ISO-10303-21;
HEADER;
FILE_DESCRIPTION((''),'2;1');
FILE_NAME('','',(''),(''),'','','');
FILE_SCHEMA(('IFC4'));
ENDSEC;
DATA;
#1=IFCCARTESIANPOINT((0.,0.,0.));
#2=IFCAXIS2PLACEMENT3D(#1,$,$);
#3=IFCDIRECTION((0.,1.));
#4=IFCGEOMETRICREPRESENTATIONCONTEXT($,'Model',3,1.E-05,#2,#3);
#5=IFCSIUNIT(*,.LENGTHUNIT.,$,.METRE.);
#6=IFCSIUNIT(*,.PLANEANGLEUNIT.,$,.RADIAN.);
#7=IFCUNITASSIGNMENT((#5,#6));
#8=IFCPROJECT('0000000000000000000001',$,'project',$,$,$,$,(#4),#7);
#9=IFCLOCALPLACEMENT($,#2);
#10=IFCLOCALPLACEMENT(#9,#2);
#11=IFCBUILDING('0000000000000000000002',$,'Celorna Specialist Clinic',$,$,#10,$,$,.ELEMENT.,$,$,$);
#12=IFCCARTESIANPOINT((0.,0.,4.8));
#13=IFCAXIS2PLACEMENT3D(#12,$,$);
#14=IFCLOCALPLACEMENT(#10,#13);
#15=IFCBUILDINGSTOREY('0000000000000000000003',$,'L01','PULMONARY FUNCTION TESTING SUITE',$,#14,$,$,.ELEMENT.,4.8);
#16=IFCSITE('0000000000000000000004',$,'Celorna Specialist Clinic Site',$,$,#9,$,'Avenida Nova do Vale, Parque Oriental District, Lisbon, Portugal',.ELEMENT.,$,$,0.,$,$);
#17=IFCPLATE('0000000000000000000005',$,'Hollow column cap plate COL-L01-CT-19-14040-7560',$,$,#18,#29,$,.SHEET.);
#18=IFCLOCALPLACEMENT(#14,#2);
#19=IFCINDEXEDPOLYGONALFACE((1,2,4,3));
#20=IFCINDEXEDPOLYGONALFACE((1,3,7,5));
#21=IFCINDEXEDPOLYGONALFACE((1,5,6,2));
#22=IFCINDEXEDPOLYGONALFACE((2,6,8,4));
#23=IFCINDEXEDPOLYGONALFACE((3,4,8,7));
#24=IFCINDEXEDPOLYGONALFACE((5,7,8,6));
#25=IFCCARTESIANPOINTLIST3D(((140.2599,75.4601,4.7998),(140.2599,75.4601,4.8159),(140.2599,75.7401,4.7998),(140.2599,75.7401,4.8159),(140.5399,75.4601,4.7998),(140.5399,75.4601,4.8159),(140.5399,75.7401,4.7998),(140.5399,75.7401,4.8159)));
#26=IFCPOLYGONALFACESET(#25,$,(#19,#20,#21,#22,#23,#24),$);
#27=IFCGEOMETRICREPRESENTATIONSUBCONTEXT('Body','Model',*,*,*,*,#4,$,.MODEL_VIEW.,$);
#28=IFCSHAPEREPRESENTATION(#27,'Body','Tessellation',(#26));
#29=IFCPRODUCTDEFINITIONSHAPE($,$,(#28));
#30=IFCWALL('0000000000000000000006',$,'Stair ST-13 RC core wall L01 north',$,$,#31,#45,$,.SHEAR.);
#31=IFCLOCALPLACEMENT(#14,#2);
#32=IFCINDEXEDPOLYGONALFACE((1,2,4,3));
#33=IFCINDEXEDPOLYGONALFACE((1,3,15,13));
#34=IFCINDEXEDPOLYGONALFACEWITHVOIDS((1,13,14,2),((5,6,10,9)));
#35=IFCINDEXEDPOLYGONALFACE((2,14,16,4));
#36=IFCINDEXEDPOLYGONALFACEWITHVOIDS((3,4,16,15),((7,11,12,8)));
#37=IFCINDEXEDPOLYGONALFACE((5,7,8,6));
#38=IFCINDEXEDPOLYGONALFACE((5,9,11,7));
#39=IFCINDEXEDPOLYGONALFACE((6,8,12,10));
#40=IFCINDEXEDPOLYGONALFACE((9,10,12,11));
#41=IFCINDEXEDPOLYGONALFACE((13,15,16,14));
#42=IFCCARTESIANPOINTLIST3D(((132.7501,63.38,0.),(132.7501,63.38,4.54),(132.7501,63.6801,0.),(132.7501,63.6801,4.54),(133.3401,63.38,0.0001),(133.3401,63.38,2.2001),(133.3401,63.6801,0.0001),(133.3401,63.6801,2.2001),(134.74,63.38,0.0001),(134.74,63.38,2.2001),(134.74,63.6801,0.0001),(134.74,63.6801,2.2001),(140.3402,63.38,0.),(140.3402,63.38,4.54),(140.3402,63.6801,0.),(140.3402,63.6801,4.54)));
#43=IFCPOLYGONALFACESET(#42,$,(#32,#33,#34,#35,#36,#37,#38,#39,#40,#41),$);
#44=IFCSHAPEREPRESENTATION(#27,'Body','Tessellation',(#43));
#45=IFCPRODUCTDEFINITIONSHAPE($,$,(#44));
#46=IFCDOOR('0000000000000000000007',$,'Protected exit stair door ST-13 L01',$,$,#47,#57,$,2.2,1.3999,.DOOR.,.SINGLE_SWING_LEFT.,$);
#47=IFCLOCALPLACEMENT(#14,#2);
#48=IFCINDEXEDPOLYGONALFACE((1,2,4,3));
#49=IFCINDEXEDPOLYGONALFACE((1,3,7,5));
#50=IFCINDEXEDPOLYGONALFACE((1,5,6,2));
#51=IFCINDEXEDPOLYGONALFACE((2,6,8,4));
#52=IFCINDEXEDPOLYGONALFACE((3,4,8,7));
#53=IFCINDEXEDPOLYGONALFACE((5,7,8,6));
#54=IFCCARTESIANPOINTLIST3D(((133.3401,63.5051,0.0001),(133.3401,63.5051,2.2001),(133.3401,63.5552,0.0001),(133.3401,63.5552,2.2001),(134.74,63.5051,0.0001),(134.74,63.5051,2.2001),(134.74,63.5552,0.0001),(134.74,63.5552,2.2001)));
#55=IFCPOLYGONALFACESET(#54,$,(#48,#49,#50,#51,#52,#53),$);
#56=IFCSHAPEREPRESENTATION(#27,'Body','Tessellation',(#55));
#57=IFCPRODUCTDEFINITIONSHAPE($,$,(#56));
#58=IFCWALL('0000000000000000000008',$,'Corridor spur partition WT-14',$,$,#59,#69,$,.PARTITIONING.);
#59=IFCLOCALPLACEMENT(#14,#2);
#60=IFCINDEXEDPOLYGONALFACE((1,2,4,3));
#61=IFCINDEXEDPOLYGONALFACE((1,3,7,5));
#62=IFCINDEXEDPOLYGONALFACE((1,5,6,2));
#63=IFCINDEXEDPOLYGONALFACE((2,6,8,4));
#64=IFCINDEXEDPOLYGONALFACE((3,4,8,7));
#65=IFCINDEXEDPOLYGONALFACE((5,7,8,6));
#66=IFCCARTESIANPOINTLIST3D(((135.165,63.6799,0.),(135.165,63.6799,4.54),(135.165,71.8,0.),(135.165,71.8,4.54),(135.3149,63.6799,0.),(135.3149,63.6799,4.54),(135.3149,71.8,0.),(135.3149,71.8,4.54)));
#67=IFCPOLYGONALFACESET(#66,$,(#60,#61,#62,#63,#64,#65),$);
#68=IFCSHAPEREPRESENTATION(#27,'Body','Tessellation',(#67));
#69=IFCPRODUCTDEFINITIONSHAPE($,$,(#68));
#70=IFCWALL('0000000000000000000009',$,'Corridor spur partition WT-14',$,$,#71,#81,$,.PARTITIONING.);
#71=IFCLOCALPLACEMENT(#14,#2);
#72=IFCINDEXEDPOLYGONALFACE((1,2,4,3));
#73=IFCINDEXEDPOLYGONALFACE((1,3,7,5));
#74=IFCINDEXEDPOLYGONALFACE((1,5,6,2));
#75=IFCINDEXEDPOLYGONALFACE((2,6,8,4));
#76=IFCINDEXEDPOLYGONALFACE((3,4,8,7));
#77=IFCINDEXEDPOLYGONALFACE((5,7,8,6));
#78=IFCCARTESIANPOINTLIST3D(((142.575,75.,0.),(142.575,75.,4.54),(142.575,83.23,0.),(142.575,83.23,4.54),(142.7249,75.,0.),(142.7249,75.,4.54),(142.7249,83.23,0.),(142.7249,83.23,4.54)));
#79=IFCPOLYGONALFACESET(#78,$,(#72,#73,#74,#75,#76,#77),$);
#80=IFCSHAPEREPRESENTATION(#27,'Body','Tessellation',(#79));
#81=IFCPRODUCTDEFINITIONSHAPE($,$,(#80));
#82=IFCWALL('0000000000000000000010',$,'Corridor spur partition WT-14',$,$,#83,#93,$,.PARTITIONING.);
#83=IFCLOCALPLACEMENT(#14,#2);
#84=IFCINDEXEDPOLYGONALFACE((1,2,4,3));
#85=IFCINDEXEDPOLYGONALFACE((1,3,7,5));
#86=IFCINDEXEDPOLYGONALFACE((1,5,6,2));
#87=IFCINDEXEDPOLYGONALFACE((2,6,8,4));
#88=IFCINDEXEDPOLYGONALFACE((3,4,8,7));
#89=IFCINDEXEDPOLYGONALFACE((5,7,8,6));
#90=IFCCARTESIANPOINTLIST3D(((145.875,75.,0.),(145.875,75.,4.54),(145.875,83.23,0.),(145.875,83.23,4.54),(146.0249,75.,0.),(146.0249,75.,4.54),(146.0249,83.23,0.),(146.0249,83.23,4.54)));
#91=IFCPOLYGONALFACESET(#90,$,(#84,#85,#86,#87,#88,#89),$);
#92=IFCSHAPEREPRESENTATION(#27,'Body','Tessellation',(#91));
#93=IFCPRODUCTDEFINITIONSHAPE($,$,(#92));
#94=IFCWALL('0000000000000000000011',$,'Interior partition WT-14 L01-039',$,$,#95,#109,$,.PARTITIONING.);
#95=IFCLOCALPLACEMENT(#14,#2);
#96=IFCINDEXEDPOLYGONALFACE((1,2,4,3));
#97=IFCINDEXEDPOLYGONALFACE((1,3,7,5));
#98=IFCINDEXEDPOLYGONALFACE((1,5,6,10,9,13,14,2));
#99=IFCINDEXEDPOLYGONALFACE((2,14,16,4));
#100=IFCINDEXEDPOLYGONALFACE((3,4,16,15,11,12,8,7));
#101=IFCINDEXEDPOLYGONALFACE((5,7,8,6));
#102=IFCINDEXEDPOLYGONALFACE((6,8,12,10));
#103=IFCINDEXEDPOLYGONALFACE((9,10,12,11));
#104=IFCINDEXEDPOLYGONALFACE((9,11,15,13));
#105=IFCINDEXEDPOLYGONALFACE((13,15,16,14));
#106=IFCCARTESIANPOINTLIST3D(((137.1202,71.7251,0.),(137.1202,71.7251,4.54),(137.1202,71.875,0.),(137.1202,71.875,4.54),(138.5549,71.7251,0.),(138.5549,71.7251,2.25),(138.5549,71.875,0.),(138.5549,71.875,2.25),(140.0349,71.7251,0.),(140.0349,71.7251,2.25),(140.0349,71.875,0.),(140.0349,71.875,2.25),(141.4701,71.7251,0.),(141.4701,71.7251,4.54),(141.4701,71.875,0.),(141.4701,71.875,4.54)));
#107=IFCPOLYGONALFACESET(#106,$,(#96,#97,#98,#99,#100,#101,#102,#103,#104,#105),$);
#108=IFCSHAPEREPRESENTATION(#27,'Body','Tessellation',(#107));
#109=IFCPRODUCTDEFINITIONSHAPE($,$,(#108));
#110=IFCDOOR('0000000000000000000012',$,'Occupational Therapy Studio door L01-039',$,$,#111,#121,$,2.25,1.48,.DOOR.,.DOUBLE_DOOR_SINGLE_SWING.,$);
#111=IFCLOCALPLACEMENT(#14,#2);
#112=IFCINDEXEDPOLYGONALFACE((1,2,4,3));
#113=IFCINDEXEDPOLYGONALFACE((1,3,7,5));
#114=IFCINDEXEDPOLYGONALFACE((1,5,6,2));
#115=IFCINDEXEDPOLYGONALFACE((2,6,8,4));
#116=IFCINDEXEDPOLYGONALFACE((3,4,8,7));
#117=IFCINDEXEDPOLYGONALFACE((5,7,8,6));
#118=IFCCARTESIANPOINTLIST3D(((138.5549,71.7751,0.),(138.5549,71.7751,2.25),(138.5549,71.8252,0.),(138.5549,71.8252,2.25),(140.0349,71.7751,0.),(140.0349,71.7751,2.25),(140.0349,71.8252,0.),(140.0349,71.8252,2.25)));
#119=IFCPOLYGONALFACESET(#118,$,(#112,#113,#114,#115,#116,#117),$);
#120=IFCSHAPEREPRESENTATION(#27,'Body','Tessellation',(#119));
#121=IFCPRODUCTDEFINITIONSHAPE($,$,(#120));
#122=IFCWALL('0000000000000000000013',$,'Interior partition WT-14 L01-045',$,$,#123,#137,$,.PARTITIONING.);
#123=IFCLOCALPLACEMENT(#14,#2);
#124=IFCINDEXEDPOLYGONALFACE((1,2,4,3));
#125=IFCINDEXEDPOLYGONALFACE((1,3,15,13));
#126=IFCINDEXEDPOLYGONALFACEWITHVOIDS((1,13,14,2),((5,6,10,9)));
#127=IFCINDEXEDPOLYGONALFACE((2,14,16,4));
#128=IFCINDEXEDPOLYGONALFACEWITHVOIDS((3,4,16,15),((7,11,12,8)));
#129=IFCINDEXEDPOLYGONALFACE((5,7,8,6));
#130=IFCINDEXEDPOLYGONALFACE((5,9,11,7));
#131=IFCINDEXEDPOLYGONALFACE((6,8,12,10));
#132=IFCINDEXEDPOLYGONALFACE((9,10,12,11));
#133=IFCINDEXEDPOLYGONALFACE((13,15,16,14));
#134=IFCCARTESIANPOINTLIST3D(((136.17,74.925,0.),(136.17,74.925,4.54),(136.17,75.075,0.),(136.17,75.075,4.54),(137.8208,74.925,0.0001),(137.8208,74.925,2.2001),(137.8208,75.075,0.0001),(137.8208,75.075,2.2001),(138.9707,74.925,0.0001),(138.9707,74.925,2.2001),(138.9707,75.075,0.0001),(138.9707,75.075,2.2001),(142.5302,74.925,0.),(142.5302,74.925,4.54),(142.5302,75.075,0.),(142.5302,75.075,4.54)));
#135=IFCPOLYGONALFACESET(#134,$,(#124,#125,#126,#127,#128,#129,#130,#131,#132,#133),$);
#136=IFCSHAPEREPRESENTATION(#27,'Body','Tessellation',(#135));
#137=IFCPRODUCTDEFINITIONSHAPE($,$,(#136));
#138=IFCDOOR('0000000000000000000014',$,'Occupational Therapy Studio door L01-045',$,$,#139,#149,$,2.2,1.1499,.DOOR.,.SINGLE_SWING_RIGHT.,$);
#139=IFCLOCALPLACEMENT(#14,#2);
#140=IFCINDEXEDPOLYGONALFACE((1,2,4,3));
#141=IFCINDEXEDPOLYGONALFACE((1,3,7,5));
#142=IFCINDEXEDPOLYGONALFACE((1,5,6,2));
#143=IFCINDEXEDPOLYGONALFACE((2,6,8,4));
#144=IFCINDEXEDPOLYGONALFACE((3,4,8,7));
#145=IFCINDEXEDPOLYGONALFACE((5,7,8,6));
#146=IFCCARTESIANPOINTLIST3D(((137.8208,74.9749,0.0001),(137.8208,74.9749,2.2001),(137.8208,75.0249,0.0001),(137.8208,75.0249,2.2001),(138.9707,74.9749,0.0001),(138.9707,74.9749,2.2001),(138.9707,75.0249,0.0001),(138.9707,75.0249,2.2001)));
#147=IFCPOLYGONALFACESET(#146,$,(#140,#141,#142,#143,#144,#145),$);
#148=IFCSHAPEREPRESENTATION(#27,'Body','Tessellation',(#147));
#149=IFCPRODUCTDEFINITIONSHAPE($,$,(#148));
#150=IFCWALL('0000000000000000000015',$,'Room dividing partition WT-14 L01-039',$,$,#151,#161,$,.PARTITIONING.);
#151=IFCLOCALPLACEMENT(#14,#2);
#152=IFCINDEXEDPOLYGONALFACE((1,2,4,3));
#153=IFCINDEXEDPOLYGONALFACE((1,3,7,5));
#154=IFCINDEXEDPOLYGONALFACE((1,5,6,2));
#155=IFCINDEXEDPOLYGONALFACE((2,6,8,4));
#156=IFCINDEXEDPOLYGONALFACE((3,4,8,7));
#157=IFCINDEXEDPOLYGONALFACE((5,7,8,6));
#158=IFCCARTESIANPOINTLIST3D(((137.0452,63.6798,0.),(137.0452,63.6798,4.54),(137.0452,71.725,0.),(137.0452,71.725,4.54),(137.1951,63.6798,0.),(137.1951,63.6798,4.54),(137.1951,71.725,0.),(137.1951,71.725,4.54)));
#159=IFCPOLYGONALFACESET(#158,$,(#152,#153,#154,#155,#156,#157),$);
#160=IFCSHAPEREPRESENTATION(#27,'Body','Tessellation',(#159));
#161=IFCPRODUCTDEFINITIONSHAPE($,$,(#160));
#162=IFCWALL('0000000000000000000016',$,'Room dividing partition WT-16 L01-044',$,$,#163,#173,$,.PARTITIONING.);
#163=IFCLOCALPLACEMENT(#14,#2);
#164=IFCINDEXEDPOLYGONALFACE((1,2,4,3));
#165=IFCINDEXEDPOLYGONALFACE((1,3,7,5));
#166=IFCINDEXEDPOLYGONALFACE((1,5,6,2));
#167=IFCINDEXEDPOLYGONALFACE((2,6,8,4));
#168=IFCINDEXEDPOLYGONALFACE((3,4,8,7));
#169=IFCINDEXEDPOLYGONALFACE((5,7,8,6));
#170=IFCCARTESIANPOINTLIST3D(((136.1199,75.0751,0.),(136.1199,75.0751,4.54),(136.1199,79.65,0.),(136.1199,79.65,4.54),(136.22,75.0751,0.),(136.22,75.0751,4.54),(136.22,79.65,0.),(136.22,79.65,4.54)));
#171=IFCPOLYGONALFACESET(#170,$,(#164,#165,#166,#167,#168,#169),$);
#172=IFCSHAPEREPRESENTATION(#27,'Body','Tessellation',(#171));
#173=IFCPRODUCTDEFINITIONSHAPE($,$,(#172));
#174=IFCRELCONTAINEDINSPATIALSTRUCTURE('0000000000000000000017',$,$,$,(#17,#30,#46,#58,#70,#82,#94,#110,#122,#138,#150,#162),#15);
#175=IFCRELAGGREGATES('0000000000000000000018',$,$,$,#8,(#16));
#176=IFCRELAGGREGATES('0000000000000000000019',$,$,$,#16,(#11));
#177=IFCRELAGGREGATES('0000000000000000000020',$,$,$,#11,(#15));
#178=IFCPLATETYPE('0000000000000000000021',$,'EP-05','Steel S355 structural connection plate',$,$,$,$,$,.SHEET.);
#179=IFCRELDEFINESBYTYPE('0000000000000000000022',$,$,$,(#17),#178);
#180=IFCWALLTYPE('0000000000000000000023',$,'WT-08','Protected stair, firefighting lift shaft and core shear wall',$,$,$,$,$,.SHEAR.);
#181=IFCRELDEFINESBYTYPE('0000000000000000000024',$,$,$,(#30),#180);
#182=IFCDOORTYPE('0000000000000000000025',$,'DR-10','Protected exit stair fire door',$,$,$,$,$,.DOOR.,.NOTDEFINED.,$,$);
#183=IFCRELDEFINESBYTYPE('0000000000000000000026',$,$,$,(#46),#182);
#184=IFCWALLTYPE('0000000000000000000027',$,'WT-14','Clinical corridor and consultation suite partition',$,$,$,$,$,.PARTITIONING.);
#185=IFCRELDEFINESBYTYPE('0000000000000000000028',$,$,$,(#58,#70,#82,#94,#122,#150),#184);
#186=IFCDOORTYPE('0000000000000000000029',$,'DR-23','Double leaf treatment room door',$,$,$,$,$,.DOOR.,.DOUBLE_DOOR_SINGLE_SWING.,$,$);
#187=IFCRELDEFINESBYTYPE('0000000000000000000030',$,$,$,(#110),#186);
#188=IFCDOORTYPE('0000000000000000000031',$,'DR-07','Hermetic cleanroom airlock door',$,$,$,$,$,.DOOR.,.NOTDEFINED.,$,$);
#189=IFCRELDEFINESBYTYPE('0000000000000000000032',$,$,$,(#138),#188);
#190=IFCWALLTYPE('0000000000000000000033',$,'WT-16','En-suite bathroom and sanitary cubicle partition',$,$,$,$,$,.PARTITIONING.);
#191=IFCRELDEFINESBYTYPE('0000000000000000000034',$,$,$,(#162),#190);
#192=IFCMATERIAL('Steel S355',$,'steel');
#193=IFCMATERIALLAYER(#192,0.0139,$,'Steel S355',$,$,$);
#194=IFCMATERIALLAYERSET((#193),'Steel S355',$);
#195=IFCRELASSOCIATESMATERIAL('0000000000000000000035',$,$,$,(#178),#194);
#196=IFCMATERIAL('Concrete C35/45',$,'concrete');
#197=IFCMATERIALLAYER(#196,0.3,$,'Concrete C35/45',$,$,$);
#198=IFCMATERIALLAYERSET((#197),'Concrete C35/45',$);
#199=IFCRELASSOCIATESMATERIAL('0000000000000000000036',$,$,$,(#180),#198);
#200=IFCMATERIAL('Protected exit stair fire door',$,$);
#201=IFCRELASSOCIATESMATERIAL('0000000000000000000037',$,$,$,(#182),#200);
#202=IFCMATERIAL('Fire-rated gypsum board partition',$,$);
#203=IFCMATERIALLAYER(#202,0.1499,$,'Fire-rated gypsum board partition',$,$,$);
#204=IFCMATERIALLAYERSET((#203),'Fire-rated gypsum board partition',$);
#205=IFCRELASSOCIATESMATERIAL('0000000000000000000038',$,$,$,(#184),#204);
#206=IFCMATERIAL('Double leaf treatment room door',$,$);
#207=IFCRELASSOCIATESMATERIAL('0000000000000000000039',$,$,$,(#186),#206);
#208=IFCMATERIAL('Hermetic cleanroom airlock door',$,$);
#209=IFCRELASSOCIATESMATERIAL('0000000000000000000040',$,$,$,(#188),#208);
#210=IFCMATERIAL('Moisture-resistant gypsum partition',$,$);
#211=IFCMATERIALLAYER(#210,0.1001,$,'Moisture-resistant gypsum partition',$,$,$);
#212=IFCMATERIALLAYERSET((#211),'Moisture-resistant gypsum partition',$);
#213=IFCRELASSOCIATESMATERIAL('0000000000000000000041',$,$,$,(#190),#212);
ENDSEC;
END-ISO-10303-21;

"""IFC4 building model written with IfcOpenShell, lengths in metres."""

from ifc_helpers import new_model, si_unit, direction, frame, frame_2d, origin, origin_2d, place, context, subcontext, project, spatial, rectangle, extrude, material, layer, layer_set, type_object, element, fill, save


model = new_model("IFC4")

# Units and contexts
model_context = context("Model", 3, precision=1e-05, world=origin(), true_north=direction((0.0, 1.0)))
body_context = subcontext(model_context, "Body", "Model", "MODEL_VIEW")
ifc_project = project(units=[si_unit("LENGTHUNIT", "METRE"), si_unit("PLANEANGLEUNIT", "RADIAN")], contexts=[model_context])

# Site, building, storey
site_placement = place(None, origin())
site = spatial("IfcSite", under=ifc_project, at=site_placement, Name="Celorna Specialist Clinic Site", LongName="Avenida Nova do Vale, Parque Oriental District, Lisbon, Portugal", CompositionType="ELEMENT", RefElevation=0.0)
building_placement = place(site_placement, origin())
building = spatial("IfcBuilding", under=site, at=building_placement, Name="Celorna Specialist Clinic", CompositionType="ELEMENT")
storey_placement = place(building_placement, frame((0.0, 0.0, 4.8)))
storey = spatial("IfcBuildingStorey", under=building, at=storey_placement, Name="L01", Description="PULMONARY FUNCTION TESTING SUITE", CompositionType="ELEMENT", Elevation=4.8)

# Shared definitions
ifc_material_1 = material(Name="Concrete C35/45", Category="concrete")
ifc_material_2 = material(Name="Steel S355", Category="steel")

# Plate
ifc_layer_1 = layer(ifc_material_2, 0.0139, Name="Steel S355")
ifc_layer_set_1 = layer_set([ifc_layer_1], Name="Steel S355")
plate_type = type_object("IfcPlateType", Name="EP-05", Description="Steel S355 structural connection plate", PredefinedType="SHEET", material=ifc_layer_set_1)
for number, where, z_axis, x_axis, name in (
    (1, (140.3999, 75.6001, 4.7998), (0.0, 0.0, 1.0), (1.0, 0.0, 0.0), "Hollow column cap plate COL-L01-CT-19-14040-7560"),
):
    element("IfcPlate", number, at=place(storey_placement, frame(where, z_axis=z_axis, x_axis=x_axis)), inside=storey, type_object=plate_type, Name=name, PredefinedType="SHEET", context=body_context, shape_type="SweptSolid", body=[
        extrude(rectangle(XDim=0.28, YDim=0.28, at=origin_2d()), origin(), (0.0, 0.0, 1.0), 0.0161),
    ])

# Wall, opening, door
ifc_layer_2 = layer(ifc_material_1, 0.3, Name="Concrete C35/45")
ifc_layer_set_2 = layer_set([ifc_layer_2], Name="Concrete C35/45")
wall_type_1 = type_object("IfcWallType", Name="WT-08", Description="Protected stair, firefighting lift shaft and core shear wall", PredefinedType="SHEAR", material=ifc_layer_set_2)
wall_1_placement = place(storey_placement, frame((140.3401, 63.53, 0.0), z_axis=(0.0, 0.0, 1.0), x_axis=(-1.0, 0.0, 0.0)))
wall_1 = element("IfcWall", 2, at=wall_1_placement, inside=storey, type_object=wall_type_1, Name="Stair ST-13 RC core wall L01 north", PredefinedType="SHEAR", context=body_context, shape_type="SweptSolid", body=[
    extrude(rectangle(XDim=7.5901, YDim=0.3, at=frame_2d((3.7949, 0.0))), origin(), (0.0, 0.0, 1.0), 4.54),
])
opening_1_placement = place(wall_1_placement, frame((5.6001, 0.0, 0.0)))
opening_1 = element("IfcOpeningElement", 3, at=opening_1_placement, cuts=wall_1, PredefinedType="OPENING", context=body_context, shape_type="SweptSolid", body=[
    extrude(rectangle(XDim=1.3999, YDim=2.2, at=frame_2d((0.7, 1.1001))), frame((0.0, 0.1599, 0.0), z_axis=(0.0, -1.0, 0.0), x_axis=(1.0, 0.0, 0.0)), (0.0, 0.0, 1.0), 0.3201),
])
ifc_material_3 = material(Name="Protected exit stair fire door")
door_type_1 = type_object("IfcDoorType", Name="DR-10", Description="Protected exit stair fire door", OperationType="NOTDEFINED", PredefinedType="DOOR", material=ifc_material_3)
door_1_placement = place(opening_1_placement, origin())
door_1 = element("IfcDoor", 4, at=door_1_placement, inside=storey, type_object=door_type_1, Name="Protected exit stair door ST-13 L01", OperationType="SINGLE_SWING_LEFT", OverallHeight=2.2, OverallWidth=1.3999, PredefinedType="DOOR", context=body_context, shape_type="SweptSolid", body=[
    extrude(rectangle(XDim=1.3999, YDim=2.2, at=frame_2d((0.7, 1.1001))), frame((0.0, 0.0249, 0.0), z_axis=(0.0, -1.0, 0.0), x_axis=(1.0, 0.0, 0.0)), (0.0, 0.0, 1.0), 0.05),
])
fill(opening_1, door_1)

# Walls
ifc_material_4 = material(Name="Fire-rated gypsum board partition")
ifc_layer_3 = layer(ifc_material_4, 0.1499, Name="Fire-rated gypsum board partition")
ifc_layer_set_3 = layer_set([ifc_layer_3], Name="Fire-rated gypsum board partition")
wall_type_2 = type_object("IfcWallType", Name="WT-14", Description="Clinical corridor and consultation suite partition", PredefinedType="PARTITIONING", material=ifc_layer_set_3)
wall_2_placement = place(storey_placement, frame((135.24, 63.6799, 0.0), z_axis=(0.0, 0.0, 1.0), x_axis=(0.0, 1.0, 0.0)))
element("IfcWall", 5, at=wall_2_placement, inside=storey, type_object=wall_type_2, Name="Corridor spur partition WT-14", PredefinedType="PARTITIONING", context=body_context, shape_type="SweptSolid", body=[
    extrude(rectangle(XDim=8.1201, YDim=0.1499, at=frame_2d((4.0601, 0.0))), origin(), (0.0, 0.0, 1.0), 4.54),
])
for number, where, z_axis, x_axis, name in (
    (6, (142.6499, 75.0, 0.0), (0.0, 0.0, 1.0), (0.0, 1.0, 0.0), "Corridor spur partition WT-14"),
    (7, (145.95, 75.0, 0.0), (0.0, 0.0, 1.0), (0.0, 1.0, 0.0), "Corridor spur partition WT-14"),
):
    element("IfcWall", number, at=place(storey_placement, frame(where, z_axis=z_axis, x_axis=x_axis)), inside=storey, type_object=wall_type_2, Name=name, PredefinedType="PARTITIONING", context=body_context, shape_type="SweptSolid", body=[
        extrude(rectangle(XDim=8.23, YDim=0.1499, at=frame_2d((4.115, 0.0))), origin(), (0.0, 0.0, 1.0), 4.54),
    ])

# Walls, openings, doors
wall_3_placement = place(storey_placement, frame((141.47, 71.8, 0.0), z_axis=(0.0, 0.0, 1.0), x_axis=(-1.0, 0.0, 0.0)))
wall_3 = element("IfcWall", 8, at=wall_3_placement, inside=storey, type_object=wall_type_2, Name="Interior partition WT-14 L01-039", PredefinedType="PARTITIONING", context=body_context, shape_type="SweptSolid", body=[
    extrude(rectangle(XDim=4.3499, YDim=0.1499, at=frame_2d((2.1748, 0.0))), origin(), (0.0, 0.0, 1.0), 4.54),
])
opening_2_placement = place(wall_3_placement, frame((1.4351, 0.0, 0.0)))
opening_2 = element("IfcOpeningElement", 9, at=opening_2_placement, cuts=wall_3, PredefinedType="OPENING", context=body_context, shape_type="SweptSolid", body=[
    extrude(rectangle(XDim=1.48, YDim=2.25, at=frame_2d((0.74, 1.125))), frame((0.0, 0.085, 0.0), z_axis=(0.0, -1.0, 0.0), x_axis=(1.0, 0.0, 0.0)), (0.0, 0.0, 1.0), 0.1699),
])
ifc_material_5 = material(Name="Double leaf treatment room door")
door_type_2 = type_object("IfcDoorType", Name="DR-23", Description="Double leaf treatment room door", OperationType="DOUBLE_DOOR_SINGLE_SWING", PredefinedType="DOOR", material=ifc_material_5)
door_2_placement = place(opening_2_placement, origin())
door_2 = element("IfcDoor", 10, at=door_2_placement, inside=storey, type_object=door_type_2, Name="Occupational Therapy Studio door L01-039", OperationType="DOUBLE_DOOR_SINGLE_SWING", OverallHeight=2.25, OverallWidth=1.48, PredefinedType="DOOR", context=body_context, shape_type="SweptSolid", body=[
    extrude(rectangle(XDim=1.48, YDim=2.25, at=frame_2d((0.74, 1.125))), frame((0.0, 0.0249, 0.0), z_axis=(0.0, -1.0, 0.0), x_axis=(1.0, 0.0, 0.0)), (0.0, 0.0, 1.0), 0.05),
])
fill(opening_2, door_2)
wall_4_placement = place(storey_placement, frame((136.1699, 75.0, 0.0), z_axis=(0.0, 0.0, 1.0), x_axis=(1.0, 0.0, 0.0)))
wall_4 = element("IfcWall", 11, at=wall_4_placement, inside=storey, type_object=wall_type_2, Name="Interior partition WT-14 L01-045", PredefinedType="PARTITIONING", context=body_context, shape_type="SweptSolid", body=[
    extrude(rectangle(XDim=6.3601, YDim=0.1499, at=frame_2d((3.1802, 0.0))), origin(), (0.0, 0.0, 1.0), 4.54),
])
opening_3_placement = place(wall_4_placement, frame((1.6509, 0.0, 0.0)))
opening_3 = element("IfcOpeningElement", 12, at=opening_3_placement, cuts=wall_4, PredefinedType="OPENING", context=body_context, shape_type="SweptSolid", body=[
    extrude(rectangle(XDim=1.1499, YDim=2.2, at=frame_2d((0.575, 1.1001))), frame((0.0, 0.085, 0.0), z_axis=(0.0, -1.0, 0.0), x_axis=(1.0, 0.0, 0.0)), (0.0, 0.0, 1.0), 0.1699),
])
ifc_material_6 = material(Name="Hermetic cleanroom airlock door")
door_type_3 = type_object("IfcDoorType", Name="DR-07", Description="Hermetic cleanroom airlock door", OperationType="NOTDEFINED", PredefinedType="DOOR", material=ifc_material_6)
door_3_placement = place(opening_3_placement, origin())
door_3 = element("IfcDoor", 13, at=door_3_placement, inside=storey, type_object=door_type_3, Name="Occupational Therapy Studio door L01-045", OperationType="SINGLE_SWING_RIGHT", OverallHeight=2.2, OverallWidth=1.1499, PredefinedType="DOOR", context=body_context, shape_type="SweptSolid", body=[
    extrude(rectangle(XDim=1.1499, YDim=2.2, at=frame_2d((0.575, 1.1001))), frame((0.0, 0.0249, 0.0), z_axis=(0.0, -1.0, 0.0), x_axis=(1.0, 0.0, 0.0)), (0.0, 0.0, 1.0), 0.05),
])
fill(opening_3, door_3)

# Walls
wall_5_placement = place(storey_placement, frame((137.1201, 63.6799, 0.0), z_axis=(0.0, 0.0, 1.0), x_axis=(0.0, 1.0, 0.0)))
element("IfcWall", 14, at=wall_5_placement, inside=storey, type_object=wall_type_2, Name="Room dividing partition WT-14 L01-039", PredefinedType="PARTITIONING", context=body_context, shape_type="SweptSolid", body=[
    extrude(rectangle(XDim=8.0452, YDim=0.1499, at=frame_2d((4.0225, 0.0))), origin(), (0.0, 0.0, 1.0), 4.54),
])
ifc_material_7 = material(Name="Moisture-resistant gypsum partition")
ifc_layer_4 = layer(ifc_material_7, 0.1001, Name="Moisture-resistant gypsum partition")
ifc_layer_set_4 = layer_set([ifc_layer_4], Name="Moisture-resistant gypsum partition")
wall_type_3 = type_object("IfcWallType", Name="WT-16", Description="En-suite bathroom and sanitary cubicle partition", PredefinedType="PARTITIONING", material=ifc_layer_set_4)
wall_6_placement = place(storey_placement, frame((136.1699, 75.075, 0.0), z_axis=(0.0, 0.0, 1.0), x_axis=(0.0, 1.0, 0.0)))
element("IfcWall", 15, at=wall_6_placement, inside=storey, type_object=wall_type_3, Name="Room dividing partition WT-16 L01-044", PredefinedType="PARTITIONING", context=body_context, shape_type="SweptSolid", body=[
    extrude(rectangle(XDim=4.575, YDim=0.1001, at=frame_2d((2.2876, 0.0))), origin(), (0.0, 0.0, 1.0), 4.54),
])

save(model, "model.ifc")
